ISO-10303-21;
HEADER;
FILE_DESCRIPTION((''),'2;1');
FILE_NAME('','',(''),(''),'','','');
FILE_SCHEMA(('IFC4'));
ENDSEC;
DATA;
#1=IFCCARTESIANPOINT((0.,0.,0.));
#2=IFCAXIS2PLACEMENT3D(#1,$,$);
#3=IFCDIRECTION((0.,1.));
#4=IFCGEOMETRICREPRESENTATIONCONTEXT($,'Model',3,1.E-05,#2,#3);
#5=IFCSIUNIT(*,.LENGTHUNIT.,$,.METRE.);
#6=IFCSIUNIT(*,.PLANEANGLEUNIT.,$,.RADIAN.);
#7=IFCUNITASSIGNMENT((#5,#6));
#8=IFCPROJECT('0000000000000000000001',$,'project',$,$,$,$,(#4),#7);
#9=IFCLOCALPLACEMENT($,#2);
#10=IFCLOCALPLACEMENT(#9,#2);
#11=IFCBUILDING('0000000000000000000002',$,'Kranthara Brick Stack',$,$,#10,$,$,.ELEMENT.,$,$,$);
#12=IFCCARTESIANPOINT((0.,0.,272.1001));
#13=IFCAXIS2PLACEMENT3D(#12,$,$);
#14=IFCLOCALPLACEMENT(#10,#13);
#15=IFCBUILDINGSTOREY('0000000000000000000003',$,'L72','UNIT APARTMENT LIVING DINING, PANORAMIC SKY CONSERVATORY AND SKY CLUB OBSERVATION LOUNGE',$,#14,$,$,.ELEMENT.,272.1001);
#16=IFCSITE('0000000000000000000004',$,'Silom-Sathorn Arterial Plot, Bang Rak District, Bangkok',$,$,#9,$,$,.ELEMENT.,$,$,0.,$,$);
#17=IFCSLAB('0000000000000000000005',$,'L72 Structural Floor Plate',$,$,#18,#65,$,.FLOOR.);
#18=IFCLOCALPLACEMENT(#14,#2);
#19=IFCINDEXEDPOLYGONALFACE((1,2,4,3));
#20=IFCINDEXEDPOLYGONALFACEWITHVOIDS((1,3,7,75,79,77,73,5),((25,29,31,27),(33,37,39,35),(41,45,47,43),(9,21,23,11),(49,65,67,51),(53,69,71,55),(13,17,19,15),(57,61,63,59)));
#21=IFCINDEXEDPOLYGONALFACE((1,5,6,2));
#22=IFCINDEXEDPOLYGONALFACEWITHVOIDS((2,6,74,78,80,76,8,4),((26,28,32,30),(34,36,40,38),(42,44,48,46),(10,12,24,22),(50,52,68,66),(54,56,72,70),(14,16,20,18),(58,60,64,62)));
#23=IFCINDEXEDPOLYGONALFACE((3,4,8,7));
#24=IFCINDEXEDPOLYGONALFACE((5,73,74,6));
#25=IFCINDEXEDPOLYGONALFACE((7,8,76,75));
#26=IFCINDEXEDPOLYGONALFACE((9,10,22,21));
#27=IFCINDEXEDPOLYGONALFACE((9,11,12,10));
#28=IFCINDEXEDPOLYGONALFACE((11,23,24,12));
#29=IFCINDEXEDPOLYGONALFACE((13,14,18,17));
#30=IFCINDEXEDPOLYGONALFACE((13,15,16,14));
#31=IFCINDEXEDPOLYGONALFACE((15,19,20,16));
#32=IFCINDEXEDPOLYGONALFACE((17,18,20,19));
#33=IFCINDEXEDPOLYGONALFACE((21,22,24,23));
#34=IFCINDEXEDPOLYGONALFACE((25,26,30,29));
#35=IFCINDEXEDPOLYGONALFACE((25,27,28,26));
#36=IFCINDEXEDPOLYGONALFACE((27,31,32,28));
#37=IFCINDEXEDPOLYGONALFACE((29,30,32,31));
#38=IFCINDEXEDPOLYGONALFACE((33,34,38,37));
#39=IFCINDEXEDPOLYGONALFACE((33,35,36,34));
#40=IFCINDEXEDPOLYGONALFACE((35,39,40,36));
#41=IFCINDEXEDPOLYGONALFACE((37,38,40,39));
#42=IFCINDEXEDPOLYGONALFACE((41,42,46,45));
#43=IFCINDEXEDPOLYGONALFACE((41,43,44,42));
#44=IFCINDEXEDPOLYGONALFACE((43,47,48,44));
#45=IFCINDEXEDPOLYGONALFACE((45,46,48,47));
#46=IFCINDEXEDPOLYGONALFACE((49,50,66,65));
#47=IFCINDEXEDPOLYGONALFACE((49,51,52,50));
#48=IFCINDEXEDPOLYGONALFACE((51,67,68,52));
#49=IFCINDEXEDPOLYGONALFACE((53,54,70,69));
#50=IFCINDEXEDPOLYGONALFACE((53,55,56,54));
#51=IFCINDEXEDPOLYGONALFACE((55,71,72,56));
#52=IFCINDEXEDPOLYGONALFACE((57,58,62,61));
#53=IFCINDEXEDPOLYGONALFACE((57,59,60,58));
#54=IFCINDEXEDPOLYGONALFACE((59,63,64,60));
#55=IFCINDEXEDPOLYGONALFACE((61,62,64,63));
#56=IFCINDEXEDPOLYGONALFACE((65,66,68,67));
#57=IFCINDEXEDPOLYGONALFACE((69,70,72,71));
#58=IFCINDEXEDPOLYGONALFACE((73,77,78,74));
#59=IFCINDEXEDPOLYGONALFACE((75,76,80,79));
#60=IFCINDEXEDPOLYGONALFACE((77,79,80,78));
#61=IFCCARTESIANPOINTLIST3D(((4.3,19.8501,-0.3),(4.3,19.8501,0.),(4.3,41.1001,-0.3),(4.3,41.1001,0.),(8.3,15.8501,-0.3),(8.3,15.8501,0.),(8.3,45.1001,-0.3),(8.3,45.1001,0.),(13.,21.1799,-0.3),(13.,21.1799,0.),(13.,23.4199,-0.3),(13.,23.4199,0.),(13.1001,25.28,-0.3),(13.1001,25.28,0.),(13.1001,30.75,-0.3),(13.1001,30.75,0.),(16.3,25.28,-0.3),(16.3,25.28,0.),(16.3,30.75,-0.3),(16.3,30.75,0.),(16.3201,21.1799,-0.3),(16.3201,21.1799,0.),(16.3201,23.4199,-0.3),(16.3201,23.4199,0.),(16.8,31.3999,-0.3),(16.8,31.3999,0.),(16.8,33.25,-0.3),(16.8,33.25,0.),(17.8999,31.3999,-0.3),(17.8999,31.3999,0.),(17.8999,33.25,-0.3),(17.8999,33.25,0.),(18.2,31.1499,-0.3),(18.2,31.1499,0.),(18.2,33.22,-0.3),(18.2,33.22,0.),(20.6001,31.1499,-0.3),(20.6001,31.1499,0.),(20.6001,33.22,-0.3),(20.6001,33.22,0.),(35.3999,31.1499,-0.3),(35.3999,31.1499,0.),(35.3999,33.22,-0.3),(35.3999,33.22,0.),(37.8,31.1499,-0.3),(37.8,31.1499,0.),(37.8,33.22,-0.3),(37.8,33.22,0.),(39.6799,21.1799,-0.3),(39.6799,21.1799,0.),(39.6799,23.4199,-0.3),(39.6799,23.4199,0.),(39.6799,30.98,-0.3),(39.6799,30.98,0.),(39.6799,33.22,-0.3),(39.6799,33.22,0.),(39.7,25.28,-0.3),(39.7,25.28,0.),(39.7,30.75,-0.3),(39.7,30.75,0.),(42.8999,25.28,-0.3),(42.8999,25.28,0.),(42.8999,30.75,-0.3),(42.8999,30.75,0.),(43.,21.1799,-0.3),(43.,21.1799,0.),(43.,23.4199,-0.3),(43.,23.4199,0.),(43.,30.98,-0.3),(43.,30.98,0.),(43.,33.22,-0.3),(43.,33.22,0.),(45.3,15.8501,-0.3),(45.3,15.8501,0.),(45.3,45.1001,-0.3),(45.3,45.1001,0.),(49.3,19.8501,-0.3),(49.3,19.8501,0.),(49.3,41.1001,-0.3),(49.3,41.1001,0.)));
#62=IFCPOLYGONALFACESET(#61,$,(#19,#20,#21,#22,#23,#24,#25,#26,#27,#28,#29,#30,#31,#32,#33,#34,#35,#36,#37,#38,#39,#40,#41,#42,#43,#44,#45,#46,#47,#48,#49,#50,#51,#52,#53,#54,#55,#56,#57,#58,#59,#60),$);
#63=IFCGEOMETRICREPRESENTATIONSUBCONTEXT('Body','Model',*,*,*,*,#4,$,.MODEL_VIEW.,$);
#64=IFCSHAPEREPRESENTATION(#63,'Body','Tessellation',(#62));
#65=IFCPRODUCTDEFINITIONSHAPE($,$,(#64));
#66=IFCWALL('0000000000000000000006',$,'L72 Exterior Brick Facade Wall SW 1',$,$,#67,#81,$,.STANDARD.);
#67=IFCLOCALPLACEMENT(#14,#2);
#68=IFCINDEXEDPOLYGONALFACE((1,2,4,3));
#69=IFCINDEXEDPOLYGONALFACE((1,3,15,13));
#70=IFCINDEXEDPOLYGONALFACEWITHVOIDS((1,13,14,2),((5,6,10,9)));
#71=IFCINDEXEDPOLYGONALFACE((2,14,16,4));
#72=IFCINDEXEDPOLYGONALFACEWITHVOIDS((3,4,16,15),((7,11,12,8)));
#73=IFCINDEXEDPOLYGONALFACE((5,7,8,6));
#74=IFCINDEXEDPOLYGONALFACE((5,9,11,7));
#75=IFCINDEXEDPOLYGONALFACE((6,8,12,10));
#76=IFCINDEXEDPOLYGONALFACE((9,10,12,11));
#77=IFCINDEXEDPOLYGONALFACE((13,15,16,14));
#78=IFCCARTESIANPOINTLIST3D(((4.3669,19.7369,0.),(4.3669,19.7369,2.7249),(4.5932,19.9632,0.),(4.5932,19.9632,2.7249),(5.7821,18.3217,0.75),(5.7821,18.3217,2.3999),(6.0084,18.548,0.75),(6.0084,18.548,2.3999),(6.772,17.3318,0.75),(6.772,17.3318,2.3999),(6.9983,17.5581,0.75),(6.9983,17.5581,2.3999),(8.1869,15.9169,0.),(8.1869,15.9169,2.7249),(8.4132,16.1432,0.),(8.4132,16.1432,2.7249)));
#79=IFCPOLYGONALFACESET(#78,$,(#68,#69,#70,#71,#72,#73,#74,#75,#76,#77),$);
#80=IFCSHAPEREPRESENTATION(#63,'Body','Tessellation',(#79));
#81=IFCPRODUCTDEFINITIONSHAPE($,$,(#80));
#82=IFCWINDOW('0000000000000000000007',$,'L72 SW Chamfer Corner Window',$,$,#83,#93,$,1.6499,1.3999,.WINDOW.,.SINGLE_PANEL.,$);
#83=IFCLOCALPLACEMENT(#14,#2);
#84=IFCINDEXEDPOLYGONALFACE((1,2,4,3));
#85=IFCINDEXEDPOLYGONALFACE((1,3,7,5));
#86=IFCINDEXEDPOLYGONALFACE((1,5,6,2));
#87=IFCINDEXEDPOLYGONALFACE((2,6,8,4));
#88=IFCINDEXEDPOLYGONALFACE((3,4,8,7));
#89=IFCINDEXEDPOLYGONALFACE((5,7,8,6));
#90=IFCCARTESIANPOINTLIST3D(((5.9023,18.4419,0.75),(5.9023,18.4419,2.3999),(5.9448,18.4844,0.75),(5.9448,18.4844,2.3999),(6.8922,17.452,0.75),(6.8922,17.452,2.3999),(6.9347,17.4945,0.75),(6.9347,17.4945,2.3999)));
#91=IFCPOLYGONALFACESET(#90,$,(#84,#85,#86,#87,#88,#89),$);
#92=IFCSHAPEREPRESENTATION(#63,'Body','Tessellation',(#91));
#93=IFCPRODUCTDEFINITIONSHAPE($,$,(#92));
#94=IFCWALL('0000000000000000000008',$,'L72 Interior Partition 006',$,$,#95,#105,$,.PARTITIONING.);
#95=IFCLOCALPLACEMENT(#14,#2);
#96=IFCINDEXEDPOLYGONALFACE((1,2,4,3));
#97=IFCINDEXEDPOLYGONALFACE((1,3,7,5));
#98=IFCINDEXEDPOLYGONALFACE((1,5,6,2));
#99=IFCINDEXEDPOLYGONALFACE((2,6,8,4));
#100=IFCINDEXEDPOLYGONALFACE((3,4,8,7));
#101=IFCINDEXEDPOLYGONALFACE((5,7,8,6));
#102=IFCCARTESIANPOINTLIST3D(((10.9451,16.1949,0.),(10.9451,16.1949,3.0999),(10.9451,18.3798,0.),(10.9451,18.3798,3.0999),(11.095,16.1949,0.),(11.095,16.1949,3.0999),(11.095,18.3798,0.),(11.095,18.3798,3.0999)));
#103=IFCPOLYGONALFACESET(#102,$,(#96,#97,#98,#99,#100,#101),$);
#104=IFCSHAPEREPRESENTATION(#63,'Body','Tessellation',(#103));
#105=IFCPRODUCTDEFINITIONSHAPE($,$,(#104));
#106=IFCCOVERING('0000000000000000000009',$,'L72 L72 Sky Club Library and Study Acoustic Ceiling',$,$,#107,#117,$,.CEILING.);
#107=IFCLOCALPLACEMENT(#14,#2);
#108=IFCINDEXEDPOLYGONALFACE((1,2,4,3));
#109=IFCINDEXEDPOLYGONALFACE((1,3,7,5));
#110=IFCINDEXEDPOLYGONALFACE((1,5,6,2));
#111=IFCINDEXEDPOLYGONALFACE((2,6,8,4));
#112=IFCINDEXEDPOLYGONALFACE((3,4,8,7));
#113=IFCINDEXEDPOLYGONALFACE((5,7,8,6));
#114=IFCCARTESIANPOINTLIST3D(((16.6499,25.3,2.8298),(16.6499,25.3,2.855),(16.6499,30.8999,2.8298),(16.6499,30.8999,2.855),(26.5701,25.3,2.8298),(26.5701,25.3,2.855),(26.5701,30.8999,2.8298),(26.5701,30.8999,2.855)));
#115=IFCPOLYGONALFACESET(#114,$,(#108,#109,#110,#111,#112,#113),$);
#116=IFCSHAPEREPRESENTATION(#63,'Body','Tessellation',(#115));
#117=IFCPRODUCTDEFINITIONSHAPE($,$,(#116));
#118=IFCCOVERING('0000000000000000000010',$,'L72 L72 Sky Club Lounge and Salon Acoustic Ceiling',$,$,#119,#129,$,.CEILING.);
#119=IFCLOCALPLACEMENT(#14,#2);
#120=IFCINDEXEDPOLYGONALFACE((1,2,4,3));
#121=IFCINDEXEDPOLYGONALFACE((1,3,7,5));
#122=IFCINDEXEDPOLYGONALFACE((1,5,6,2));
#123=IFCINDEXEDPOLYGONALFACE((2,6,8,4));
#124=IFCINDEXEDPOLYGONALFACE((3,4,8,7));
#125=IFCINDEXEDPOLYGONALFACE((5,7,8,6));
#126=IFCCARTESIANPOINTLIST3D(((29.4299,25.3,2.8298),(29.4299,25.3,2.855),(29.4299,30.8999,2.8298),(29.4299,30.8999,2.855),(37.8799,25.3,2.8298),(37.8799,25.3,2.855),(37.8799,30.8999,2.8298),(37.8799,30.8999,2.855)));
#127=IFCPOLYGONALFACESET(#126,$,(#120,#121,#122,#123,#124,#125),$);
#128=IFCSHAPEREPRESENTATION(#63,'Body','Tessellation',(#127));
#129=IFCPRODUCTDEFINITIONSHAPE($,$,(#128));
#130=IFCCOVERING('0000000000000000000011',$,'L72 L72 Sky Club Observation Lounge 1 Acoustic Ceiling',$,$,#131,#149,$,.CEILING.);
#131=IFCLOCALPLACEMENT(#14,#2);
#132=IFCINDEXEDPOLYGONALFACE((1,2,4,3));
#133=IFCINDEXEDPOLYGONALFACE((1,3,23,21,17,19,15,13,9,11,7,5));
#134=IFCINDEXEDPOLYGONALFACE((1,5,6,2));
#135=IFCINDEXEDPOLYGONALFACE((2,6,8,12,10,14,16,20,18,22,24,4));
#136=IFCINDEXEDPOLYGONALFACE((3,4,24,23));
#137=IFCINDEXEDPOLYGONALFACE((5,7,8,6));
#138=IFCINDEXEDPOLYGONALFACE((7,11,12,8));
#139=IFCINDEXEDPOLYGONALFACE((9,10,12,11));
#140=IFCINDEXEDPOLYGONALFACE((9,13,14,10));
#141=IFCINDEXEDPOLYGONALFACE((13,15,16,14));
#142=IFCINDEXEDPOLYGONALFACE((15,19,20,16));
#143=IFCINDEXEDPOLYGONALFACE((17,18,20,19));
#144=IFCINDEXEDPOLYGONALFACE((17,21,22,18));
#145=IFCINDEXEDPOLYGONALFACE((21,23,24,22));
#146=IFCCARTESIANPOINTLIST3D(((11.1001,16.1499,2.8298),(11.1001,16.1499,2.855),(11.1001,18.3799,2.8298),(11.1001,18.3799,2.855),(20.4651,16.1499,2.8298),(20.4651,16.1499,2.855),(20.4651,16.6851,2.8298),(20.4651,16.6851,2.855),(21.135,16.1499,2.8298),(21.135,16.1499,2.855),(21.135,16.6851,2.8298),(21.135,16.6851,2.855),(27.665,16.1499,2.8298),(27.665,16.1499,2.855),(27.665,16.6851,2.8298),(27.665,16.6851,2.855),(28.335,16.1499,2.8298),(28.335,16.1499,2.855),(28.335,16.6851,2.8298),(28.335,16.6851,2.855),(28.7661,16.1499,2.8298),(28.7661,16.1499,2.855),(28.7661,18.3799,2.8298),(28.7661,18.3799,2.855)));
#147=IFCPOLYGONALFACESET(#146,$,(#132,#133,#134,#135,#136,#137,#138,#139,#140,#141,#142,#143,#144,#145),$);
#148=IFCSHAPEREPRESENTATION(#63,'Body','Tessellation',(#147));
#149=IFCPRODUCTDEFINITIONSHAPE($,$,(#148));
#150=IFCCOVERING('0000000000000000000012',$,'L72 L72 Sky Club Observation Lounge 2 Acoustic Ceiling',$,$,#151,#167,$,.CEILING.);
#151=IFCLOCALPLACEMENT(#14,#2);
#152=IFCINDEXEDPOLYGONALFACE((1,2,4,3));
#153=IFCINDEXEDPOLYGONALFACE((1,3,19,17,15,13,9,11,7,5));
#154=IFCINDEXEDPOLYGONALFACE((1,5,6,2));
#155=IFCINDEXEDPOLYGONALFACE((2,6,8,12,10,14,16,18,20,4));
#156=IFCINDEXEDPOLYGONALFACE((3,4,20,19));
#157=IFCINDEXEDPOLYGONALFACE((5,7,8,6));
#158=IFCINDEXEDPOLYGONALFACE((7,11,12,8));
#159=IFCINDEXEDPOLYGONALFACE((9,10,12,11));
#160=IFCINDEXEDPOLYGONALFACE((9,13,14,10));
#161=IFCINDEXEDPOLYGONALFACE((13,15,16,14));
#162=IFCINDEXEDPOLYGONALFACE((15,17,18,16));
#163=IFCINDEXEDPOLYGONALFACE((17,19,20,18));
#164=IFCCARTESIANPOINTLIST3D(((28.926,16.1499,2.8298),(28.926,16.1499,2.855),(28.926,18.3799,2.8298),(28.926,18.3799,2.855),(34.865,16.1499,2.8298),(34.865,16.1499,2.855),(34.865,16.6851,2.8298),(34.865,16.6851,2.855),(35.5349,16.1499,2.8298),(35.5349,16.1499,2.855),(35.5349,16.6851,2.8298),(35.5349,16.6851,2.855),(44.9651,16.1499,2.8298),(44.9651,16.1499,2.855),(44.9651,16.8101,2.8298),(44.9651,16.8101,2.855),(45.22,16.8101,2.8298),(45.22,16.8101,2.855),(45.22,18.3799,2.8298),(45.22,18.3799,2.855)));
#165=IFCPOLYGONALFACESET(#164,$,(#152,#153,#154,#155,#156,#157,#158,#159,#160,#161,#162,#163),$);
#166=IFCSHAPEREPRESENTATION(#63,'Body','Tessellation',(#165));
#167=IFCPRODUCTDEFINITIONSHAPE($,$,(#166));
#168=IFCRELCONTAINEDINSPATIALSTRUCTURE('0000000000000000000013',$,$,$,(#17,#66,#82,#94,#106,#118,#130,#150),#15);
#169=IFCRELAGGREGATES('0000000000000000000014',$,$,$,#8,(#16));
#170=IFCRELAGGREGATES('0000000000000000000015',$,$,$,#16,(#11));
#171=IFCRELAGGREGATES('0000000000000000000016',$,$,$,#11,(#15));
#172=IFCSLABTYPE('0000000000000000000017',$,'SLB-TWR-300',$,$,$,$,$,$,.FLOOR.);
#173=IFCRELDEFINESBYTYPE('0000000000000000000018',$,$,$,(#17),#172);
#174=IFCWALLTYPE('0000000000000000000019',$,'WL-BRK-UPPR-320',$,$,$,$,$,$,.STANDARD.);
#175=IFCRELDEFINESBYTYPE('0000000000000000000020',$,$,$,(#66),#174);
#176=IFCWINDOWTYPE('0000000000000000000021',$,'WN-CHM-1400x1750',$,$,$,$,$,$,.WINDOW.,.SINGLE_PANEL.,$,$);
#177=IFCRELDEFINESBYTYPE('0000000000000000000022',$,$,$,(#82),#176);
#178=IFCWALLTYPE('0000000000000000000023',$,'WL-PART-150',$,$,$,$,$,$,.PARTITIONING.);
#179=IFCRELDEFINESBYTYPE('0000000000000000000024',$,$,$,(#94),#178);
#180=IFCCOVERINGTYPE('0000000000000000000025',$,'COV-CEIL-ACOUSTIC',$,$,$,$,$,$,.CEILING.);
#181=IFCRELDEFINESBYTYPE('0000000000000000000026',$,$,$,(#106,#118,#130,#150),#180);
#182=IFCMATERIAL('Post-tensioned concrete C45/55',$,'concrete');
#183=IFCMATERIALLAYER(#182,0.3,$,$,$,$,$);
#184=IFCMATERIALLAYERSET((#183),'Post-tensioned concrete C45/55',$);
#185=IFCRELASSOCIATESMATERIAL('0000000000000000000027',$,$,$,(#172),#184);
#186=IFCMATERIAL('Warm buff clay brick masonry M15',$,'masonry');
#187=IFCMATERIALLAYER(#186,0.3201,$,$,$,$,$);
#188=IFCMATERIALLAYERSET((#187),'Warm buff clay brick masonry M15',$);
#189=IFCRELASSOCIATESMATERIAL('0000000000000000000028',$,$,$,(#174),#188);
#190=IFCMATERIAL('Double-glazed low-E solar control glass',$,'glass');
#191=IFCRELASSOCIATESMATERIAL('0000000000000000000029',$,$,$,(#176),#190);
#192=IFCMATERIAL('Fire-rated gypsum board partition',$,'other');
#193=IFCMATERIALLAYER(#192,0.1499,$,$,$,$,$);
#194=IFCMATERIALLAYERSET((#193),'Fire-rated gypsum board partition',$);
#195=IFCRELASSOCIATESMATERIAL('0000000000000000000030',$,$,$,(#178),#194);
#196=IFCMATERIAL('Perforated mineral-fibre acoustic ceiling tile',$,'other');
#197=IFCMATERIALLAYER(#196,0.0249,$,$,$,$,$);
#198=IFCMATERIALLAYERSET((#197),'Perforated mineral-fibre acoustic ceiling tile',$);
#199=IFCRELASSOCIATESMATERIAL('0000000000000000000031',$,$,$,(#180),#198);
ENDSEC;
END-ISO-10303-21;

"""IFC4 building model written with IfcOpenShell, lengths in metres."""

from ifc_helpers import new_model, si_unit, direction, frame, frame_2d, origin, place, context, subcontext, project, spatial, polyline, rectangle, outline, extrude, material, layer, layer_set, type_object, element, fill, save


model = new_model("IFC4")

# Units and contexts
model_context = context("Model", 3, precision=1e-05, world=origin(), true_north=direction((0.0, 1.0)))
body_context = subcontext(model_context, "Body", "Model", "MODEL_VIEW")
ifc_project = project(units=[si_unit("LENGTHUNIT", "METRE"), si_unit("PLANEANGLEUNIT", "RADIAN")], contexts=[model_context])

# Site, building, storey
site_placement = place(None, origin())
site = spatial("IfcSite", under=ifc_project, at=site_placement, Name="Silom-Sathorn Arterial Plot, Bang Rak District, Bangkok", CompositionType="ELEMENT", RefElevation=0.0)
building_placement = place(site_placement, origin())
building = spatial("IfcBuilding", under=site, at=building_placement, Name="Kranthara Brick Stack", CompositionType="ELEMENT")
storey_placement = place(building_placement, frame((0.0, 0.0, 272.1001)))
storey = spatial("IfcBuildingStorey", under=building, at=storey_placement, Name="L72", Description="UNIT APARTMENT LIVING DINING, PANORAMIC SKY CONSERVATORY AND SKY CLUB OBSERVATION LOUNGE", CompositionType="ELEMENT", Elevation=272.1001)

# Slab
ifc_material_1 = material(Name="Post-tensioned concrete C45/55", Category="concrete")
ifc_layer_1 = layer(ifc_material_1, 0.3)
ifc_layer_set_1 = layer_set([ifc_layer_1], Name="Post-tensioned concrete C45/55")
slab_type_1 = type_object("IfcSlabType", Name="SLB-TWR-300", PredefinedType="FLOOR", material=ifc_layer_set_1)
slab_1_placement = place(storey_placement, frame((0.0, 0.0, -0.3)))
element("IfcSlab", 1, at=slab_1_placement, inside=storey, type_object=slab_type_1, Name="L72 Structural Floor Plate", PredefinedType="FLOOR", context=body_context, shape_type="SweptSolid", body=[
    extrude(outline(polyline([(8.3, 15.8501), (45.3, 15.8501), (49.3, 19.8501), (49.3, 41.1001), (45.3, 45.1001), (8.3, 45.1001), (4.3, 41.1001), (4.3, 19.8501), (8.3, 15.8501)]), holes=[polyline([(13.1001, 25.28), (16.3, 25.28), (16.3, 30.75), (13.1001, 30.75), (13.1001, 25.28)]), polyline([(39.7, 25.28), (42.8999, 25.28), (42.8999, 30.75), (39.7, 30.75), (39.7, 25.28)]), polyline([(13.0, 21.1799), (16.3201, 21.1799), (16.3201, 23.4199), (13.0, 23.4199), (13.0, 21.1799)]), polyline([(39.6799, 21.1799), (43.0, 21.1799), (43.0, 23.4199), (39.6799, 23.4199), (39.6799, 21.1799)]), polyline([(39.6799, 30.98), (43.0, 30.98), (43.0, 33.22), (39.6799, 33.22), (39.6799, 30.98)]), polyline([(18.2, 31.1499), (20.6001, 31.1499), (20.6001, 33.22), (18.2, 33.22), (18.2, 31.1499)]), polyline([(35.3999, 31.1499), (37.8, 31.1499), (37.8, 33.22), (35.3999, 33.22), (35.3999, 31.1499)]), polyline([(16.8, 31.3999), (17.8999, 31.3999), (17.8999, 33.25), (16.8, 33.25), (16.8, 31.3999)])]), origin(), (0.0, 0.0, 1.0), 0.3),
])

# Wall, opening, window
ifc_material_2 = material(Name="Warm buff clay brick masonry M15", Category="masonry")
ifc_layer_2 = layer(ifc_material_2, 0.3201)
ifc_layer_set_2 = layer_set([ifc_layer_2], Name="Warm buff clay brick masonry M15")
wall_type_1 = type_object("IfcWallType", Name="WL-BRK-UPPR-320", PredefinedType="STANDARD", material=ifc_layer_set_2)
wall_1_placement = place(storey_placement, frame((8.3, 16.03, 0.0), z_axis=(0.0, 0.0, 1.0), x_axis=(-0.707107, 0.707107, 0.0)))
wall_1 = element("IfcWall", 2, at=wall_1_placement, inside=storey, type_object=wall_type_1, Name="L72 Exterior Brick Facade Wall SW 1", PredefinedType="STANDARD", context=body_context, shape_type="SweptSolid", body=[
    extrude(rectangle(XDim=5.4023, YDim=0.3201, at=frame_2d((2.7012, 0.0))), origin(), (0.0, 0.0, 1.0), 2.7249),
])
opening_placement = place(wall_1_placement, frame((2.001, 0.0, 0.75)))
opening = element("IfcOpeningElement", 3, at=opening_placement, cuts=wall_1, PredefinedType="OPENING", context=body_context, shape_type="SweptSolid", body=[
    extrude(rectangle(XDim=1.3999, YDim=1.6499, at=frame_2d((0.7, 0.825))), frame((0.0, 0.1699, 0.0), z_axis=(0.0, -1.0, 0.0), x_axis=(1.0, 0.0, 0.0)), (0.0, 0.0, 1.0), 0.3401),
])
ifc_material_3 = material(Name="Double-glazed low-E solar control glass", Category="glass")
window_type = type_object("IfcWindowType", Name="WN-CHM-1400x1750", PartitioningType="SINGLE_PANEL", PredefinedType="WINDOW", material=ifc_material_3)
window_placement = place(opening_placement, origin())
window = element("IfcWindow", 4, at=window_placement, inside=storey, type_object=window_type, Name="L72 SW Chamfer Corner Window", OverallHeight=1.6499, OverallWidth=1.3999, PartitioningType="SINGLE_PANEL", PredefinedType="WINDOW", context=body_context, shape_type="SweptSolid", body=[
    extrude(rectangle(XDim=1.3999, YDim=1.6499, at=frame_2d((0.7, 0.825))), frame((0.0, -0.01, 0.0), z_axis=(0.0, -1.0, 0.0), x_axis=(1.0, 0.0, 0.0)), (0.0, 0.0, 1.0), 0.0601),
])
fill(opening, window)

# Wall
ifc_material_4 = material(Name="Fire-rated gypsum board partition", Category="other")
ifc_layer_3 = layer(ifc_material_4, 0.1499)
ifc_layer_set_3 = layer_set([ifc_layer_3], Name="Fire-rated gypsum board partition")
wall_type_2 = type_object("IfcWallType", Name="WL-PART-150", PredefinedType="PARTITIONING", material=ifc_layer_set_3)
wall_2_placement = place(storey_placement, frame((11.02, 16.1951, 0.0), z_axis=(0.0, 0.0, 1.0), x_axis=(0.0, 1.0, 0.0)))
element("IfcWall", 5, at=wall_2_placement, inside=storey, type_object=wall_type_2, Name="L72 Interior Partition 006", PredefinedType="PARTITIONING", context=body_context, shape_type="SweptSolid", body=[
    extrude(rectangle(XDim=2.1848, YDim=0.1499, at=frame_2d((1.0923, 0.0))), origin(), (0.0, 0.0, 1.0), 3.0999),
])

# Coverings
ifc_material_5 = material(Name="Perforated mineral-fibre acoustic ceiling tile", Category="other")
ifc_layer_4 = layer(ifc_material_5, 0.0249)
ifc_layer_set_4 = layer_set([ifc_layer_4], Name="Perforated mineral-fibre acoustic ceiling tile")
covering_type_1 = type_object("IfcCoveringType", Name="COV-CEIL-ACOUSTIC", PredefinedType="CEILING", material=ifc_layer_set_4)
covering_1_placement = place(storey_placement, frame((0.0, 0.0, 2.8298)))
element("IfcCovering", 6, at=covering_1_placement, inside=storey, type_object=covering_type_1, Name="L72 L72 Sky Club Library and Study Acoustic Ceiling", PredefinedType="CEILING", context=body_context, shape_type="SweptSolid", body=[
    extrude(outline(polyline([(26.5701, 25.3), (26.5701, 30.8999), (16.6499, 30.8999), (16.6499, 25.3), (26.5701, 25.3)])), origin(), (0.0, 0.0, 1.0), 0.0251),
])
covering_2_placement = place(storey_placement, frame((0.0, 0.0, 2.8298)))
element("IfcCovering", 7, at=covering_2_placement, inside=storey, type_object=covering_type_1, Name="L72 L72 Sky Club Lounge and Salon Acoustic Ceiling", PredefinedType="CEILING", context=body_context, shape_type="SweptSolid", body=[
    extrude(outline(polyline([(37.8799, 25.3), (37.8799, 30.8999), (29.4299, 30.8999), (29.4299, 25.3), (37.8799, 25.3)])), origin(), (0.0, 0.0, 1.0), 0.0251),
])
covering_3_placement = place(storey_placement, frame((0.0, 0.0, 2.8298)))
element("IfcCovering", 8, at=covering_3_placement, inside=storey, type_object=covering_type_1, Name="L72 L72 Sky Club Observation Lounge 1 Acoustic Ceiling", PredefinedType="CEILING", context=body_context, shape_type="SweptSolid", body=[
    extrude(outline(polyline([(11.1001, 18.3799), (28.7661, 18.3799), (28.7661, 16.1499), (28.335, 16.1499), (28.335, 16.6851), (27.665, 16.6851), (27.665, 16.1499), (21.135, 16.1499), (21.135, 16.6851), (20.4651, 16.6851), (20.4651, 16.1499), (11.1001, 16.1499), (11.1001, 18.3799)])), origin(), (0.0, 0.0, 1.0), 0.0251),
])
covering_4_placement = place(storey_placement, frame((0.0, 0.0, 2.8298)))
element("IfcCovering", 9, at=covering_4_placement, inside=storey, type_object=covering_type_1, Name="L72 L72 Sky Club Observation Lounge 2 Acoustic Ceiling", PredefinedType="CEILING", context=body_context, shape_type="SweptSolid", body=[
    extrude(outline(polyline([(28.926, 18.3799), (45.22, 18.3799), (45.22, 16.8101), (44.9651, 16.8101), (44.9651, 16.1499), (35.5349, 16.1499), (35.5349, 16.6851), (34.865, 16.6851), (34.865, 16.1499), (28.926, 16.1499), (28.926, 18.3799)])), origin(), (0.0, 0.0, 1.0), 0.0251),
])

save(model, "model.ifc")
